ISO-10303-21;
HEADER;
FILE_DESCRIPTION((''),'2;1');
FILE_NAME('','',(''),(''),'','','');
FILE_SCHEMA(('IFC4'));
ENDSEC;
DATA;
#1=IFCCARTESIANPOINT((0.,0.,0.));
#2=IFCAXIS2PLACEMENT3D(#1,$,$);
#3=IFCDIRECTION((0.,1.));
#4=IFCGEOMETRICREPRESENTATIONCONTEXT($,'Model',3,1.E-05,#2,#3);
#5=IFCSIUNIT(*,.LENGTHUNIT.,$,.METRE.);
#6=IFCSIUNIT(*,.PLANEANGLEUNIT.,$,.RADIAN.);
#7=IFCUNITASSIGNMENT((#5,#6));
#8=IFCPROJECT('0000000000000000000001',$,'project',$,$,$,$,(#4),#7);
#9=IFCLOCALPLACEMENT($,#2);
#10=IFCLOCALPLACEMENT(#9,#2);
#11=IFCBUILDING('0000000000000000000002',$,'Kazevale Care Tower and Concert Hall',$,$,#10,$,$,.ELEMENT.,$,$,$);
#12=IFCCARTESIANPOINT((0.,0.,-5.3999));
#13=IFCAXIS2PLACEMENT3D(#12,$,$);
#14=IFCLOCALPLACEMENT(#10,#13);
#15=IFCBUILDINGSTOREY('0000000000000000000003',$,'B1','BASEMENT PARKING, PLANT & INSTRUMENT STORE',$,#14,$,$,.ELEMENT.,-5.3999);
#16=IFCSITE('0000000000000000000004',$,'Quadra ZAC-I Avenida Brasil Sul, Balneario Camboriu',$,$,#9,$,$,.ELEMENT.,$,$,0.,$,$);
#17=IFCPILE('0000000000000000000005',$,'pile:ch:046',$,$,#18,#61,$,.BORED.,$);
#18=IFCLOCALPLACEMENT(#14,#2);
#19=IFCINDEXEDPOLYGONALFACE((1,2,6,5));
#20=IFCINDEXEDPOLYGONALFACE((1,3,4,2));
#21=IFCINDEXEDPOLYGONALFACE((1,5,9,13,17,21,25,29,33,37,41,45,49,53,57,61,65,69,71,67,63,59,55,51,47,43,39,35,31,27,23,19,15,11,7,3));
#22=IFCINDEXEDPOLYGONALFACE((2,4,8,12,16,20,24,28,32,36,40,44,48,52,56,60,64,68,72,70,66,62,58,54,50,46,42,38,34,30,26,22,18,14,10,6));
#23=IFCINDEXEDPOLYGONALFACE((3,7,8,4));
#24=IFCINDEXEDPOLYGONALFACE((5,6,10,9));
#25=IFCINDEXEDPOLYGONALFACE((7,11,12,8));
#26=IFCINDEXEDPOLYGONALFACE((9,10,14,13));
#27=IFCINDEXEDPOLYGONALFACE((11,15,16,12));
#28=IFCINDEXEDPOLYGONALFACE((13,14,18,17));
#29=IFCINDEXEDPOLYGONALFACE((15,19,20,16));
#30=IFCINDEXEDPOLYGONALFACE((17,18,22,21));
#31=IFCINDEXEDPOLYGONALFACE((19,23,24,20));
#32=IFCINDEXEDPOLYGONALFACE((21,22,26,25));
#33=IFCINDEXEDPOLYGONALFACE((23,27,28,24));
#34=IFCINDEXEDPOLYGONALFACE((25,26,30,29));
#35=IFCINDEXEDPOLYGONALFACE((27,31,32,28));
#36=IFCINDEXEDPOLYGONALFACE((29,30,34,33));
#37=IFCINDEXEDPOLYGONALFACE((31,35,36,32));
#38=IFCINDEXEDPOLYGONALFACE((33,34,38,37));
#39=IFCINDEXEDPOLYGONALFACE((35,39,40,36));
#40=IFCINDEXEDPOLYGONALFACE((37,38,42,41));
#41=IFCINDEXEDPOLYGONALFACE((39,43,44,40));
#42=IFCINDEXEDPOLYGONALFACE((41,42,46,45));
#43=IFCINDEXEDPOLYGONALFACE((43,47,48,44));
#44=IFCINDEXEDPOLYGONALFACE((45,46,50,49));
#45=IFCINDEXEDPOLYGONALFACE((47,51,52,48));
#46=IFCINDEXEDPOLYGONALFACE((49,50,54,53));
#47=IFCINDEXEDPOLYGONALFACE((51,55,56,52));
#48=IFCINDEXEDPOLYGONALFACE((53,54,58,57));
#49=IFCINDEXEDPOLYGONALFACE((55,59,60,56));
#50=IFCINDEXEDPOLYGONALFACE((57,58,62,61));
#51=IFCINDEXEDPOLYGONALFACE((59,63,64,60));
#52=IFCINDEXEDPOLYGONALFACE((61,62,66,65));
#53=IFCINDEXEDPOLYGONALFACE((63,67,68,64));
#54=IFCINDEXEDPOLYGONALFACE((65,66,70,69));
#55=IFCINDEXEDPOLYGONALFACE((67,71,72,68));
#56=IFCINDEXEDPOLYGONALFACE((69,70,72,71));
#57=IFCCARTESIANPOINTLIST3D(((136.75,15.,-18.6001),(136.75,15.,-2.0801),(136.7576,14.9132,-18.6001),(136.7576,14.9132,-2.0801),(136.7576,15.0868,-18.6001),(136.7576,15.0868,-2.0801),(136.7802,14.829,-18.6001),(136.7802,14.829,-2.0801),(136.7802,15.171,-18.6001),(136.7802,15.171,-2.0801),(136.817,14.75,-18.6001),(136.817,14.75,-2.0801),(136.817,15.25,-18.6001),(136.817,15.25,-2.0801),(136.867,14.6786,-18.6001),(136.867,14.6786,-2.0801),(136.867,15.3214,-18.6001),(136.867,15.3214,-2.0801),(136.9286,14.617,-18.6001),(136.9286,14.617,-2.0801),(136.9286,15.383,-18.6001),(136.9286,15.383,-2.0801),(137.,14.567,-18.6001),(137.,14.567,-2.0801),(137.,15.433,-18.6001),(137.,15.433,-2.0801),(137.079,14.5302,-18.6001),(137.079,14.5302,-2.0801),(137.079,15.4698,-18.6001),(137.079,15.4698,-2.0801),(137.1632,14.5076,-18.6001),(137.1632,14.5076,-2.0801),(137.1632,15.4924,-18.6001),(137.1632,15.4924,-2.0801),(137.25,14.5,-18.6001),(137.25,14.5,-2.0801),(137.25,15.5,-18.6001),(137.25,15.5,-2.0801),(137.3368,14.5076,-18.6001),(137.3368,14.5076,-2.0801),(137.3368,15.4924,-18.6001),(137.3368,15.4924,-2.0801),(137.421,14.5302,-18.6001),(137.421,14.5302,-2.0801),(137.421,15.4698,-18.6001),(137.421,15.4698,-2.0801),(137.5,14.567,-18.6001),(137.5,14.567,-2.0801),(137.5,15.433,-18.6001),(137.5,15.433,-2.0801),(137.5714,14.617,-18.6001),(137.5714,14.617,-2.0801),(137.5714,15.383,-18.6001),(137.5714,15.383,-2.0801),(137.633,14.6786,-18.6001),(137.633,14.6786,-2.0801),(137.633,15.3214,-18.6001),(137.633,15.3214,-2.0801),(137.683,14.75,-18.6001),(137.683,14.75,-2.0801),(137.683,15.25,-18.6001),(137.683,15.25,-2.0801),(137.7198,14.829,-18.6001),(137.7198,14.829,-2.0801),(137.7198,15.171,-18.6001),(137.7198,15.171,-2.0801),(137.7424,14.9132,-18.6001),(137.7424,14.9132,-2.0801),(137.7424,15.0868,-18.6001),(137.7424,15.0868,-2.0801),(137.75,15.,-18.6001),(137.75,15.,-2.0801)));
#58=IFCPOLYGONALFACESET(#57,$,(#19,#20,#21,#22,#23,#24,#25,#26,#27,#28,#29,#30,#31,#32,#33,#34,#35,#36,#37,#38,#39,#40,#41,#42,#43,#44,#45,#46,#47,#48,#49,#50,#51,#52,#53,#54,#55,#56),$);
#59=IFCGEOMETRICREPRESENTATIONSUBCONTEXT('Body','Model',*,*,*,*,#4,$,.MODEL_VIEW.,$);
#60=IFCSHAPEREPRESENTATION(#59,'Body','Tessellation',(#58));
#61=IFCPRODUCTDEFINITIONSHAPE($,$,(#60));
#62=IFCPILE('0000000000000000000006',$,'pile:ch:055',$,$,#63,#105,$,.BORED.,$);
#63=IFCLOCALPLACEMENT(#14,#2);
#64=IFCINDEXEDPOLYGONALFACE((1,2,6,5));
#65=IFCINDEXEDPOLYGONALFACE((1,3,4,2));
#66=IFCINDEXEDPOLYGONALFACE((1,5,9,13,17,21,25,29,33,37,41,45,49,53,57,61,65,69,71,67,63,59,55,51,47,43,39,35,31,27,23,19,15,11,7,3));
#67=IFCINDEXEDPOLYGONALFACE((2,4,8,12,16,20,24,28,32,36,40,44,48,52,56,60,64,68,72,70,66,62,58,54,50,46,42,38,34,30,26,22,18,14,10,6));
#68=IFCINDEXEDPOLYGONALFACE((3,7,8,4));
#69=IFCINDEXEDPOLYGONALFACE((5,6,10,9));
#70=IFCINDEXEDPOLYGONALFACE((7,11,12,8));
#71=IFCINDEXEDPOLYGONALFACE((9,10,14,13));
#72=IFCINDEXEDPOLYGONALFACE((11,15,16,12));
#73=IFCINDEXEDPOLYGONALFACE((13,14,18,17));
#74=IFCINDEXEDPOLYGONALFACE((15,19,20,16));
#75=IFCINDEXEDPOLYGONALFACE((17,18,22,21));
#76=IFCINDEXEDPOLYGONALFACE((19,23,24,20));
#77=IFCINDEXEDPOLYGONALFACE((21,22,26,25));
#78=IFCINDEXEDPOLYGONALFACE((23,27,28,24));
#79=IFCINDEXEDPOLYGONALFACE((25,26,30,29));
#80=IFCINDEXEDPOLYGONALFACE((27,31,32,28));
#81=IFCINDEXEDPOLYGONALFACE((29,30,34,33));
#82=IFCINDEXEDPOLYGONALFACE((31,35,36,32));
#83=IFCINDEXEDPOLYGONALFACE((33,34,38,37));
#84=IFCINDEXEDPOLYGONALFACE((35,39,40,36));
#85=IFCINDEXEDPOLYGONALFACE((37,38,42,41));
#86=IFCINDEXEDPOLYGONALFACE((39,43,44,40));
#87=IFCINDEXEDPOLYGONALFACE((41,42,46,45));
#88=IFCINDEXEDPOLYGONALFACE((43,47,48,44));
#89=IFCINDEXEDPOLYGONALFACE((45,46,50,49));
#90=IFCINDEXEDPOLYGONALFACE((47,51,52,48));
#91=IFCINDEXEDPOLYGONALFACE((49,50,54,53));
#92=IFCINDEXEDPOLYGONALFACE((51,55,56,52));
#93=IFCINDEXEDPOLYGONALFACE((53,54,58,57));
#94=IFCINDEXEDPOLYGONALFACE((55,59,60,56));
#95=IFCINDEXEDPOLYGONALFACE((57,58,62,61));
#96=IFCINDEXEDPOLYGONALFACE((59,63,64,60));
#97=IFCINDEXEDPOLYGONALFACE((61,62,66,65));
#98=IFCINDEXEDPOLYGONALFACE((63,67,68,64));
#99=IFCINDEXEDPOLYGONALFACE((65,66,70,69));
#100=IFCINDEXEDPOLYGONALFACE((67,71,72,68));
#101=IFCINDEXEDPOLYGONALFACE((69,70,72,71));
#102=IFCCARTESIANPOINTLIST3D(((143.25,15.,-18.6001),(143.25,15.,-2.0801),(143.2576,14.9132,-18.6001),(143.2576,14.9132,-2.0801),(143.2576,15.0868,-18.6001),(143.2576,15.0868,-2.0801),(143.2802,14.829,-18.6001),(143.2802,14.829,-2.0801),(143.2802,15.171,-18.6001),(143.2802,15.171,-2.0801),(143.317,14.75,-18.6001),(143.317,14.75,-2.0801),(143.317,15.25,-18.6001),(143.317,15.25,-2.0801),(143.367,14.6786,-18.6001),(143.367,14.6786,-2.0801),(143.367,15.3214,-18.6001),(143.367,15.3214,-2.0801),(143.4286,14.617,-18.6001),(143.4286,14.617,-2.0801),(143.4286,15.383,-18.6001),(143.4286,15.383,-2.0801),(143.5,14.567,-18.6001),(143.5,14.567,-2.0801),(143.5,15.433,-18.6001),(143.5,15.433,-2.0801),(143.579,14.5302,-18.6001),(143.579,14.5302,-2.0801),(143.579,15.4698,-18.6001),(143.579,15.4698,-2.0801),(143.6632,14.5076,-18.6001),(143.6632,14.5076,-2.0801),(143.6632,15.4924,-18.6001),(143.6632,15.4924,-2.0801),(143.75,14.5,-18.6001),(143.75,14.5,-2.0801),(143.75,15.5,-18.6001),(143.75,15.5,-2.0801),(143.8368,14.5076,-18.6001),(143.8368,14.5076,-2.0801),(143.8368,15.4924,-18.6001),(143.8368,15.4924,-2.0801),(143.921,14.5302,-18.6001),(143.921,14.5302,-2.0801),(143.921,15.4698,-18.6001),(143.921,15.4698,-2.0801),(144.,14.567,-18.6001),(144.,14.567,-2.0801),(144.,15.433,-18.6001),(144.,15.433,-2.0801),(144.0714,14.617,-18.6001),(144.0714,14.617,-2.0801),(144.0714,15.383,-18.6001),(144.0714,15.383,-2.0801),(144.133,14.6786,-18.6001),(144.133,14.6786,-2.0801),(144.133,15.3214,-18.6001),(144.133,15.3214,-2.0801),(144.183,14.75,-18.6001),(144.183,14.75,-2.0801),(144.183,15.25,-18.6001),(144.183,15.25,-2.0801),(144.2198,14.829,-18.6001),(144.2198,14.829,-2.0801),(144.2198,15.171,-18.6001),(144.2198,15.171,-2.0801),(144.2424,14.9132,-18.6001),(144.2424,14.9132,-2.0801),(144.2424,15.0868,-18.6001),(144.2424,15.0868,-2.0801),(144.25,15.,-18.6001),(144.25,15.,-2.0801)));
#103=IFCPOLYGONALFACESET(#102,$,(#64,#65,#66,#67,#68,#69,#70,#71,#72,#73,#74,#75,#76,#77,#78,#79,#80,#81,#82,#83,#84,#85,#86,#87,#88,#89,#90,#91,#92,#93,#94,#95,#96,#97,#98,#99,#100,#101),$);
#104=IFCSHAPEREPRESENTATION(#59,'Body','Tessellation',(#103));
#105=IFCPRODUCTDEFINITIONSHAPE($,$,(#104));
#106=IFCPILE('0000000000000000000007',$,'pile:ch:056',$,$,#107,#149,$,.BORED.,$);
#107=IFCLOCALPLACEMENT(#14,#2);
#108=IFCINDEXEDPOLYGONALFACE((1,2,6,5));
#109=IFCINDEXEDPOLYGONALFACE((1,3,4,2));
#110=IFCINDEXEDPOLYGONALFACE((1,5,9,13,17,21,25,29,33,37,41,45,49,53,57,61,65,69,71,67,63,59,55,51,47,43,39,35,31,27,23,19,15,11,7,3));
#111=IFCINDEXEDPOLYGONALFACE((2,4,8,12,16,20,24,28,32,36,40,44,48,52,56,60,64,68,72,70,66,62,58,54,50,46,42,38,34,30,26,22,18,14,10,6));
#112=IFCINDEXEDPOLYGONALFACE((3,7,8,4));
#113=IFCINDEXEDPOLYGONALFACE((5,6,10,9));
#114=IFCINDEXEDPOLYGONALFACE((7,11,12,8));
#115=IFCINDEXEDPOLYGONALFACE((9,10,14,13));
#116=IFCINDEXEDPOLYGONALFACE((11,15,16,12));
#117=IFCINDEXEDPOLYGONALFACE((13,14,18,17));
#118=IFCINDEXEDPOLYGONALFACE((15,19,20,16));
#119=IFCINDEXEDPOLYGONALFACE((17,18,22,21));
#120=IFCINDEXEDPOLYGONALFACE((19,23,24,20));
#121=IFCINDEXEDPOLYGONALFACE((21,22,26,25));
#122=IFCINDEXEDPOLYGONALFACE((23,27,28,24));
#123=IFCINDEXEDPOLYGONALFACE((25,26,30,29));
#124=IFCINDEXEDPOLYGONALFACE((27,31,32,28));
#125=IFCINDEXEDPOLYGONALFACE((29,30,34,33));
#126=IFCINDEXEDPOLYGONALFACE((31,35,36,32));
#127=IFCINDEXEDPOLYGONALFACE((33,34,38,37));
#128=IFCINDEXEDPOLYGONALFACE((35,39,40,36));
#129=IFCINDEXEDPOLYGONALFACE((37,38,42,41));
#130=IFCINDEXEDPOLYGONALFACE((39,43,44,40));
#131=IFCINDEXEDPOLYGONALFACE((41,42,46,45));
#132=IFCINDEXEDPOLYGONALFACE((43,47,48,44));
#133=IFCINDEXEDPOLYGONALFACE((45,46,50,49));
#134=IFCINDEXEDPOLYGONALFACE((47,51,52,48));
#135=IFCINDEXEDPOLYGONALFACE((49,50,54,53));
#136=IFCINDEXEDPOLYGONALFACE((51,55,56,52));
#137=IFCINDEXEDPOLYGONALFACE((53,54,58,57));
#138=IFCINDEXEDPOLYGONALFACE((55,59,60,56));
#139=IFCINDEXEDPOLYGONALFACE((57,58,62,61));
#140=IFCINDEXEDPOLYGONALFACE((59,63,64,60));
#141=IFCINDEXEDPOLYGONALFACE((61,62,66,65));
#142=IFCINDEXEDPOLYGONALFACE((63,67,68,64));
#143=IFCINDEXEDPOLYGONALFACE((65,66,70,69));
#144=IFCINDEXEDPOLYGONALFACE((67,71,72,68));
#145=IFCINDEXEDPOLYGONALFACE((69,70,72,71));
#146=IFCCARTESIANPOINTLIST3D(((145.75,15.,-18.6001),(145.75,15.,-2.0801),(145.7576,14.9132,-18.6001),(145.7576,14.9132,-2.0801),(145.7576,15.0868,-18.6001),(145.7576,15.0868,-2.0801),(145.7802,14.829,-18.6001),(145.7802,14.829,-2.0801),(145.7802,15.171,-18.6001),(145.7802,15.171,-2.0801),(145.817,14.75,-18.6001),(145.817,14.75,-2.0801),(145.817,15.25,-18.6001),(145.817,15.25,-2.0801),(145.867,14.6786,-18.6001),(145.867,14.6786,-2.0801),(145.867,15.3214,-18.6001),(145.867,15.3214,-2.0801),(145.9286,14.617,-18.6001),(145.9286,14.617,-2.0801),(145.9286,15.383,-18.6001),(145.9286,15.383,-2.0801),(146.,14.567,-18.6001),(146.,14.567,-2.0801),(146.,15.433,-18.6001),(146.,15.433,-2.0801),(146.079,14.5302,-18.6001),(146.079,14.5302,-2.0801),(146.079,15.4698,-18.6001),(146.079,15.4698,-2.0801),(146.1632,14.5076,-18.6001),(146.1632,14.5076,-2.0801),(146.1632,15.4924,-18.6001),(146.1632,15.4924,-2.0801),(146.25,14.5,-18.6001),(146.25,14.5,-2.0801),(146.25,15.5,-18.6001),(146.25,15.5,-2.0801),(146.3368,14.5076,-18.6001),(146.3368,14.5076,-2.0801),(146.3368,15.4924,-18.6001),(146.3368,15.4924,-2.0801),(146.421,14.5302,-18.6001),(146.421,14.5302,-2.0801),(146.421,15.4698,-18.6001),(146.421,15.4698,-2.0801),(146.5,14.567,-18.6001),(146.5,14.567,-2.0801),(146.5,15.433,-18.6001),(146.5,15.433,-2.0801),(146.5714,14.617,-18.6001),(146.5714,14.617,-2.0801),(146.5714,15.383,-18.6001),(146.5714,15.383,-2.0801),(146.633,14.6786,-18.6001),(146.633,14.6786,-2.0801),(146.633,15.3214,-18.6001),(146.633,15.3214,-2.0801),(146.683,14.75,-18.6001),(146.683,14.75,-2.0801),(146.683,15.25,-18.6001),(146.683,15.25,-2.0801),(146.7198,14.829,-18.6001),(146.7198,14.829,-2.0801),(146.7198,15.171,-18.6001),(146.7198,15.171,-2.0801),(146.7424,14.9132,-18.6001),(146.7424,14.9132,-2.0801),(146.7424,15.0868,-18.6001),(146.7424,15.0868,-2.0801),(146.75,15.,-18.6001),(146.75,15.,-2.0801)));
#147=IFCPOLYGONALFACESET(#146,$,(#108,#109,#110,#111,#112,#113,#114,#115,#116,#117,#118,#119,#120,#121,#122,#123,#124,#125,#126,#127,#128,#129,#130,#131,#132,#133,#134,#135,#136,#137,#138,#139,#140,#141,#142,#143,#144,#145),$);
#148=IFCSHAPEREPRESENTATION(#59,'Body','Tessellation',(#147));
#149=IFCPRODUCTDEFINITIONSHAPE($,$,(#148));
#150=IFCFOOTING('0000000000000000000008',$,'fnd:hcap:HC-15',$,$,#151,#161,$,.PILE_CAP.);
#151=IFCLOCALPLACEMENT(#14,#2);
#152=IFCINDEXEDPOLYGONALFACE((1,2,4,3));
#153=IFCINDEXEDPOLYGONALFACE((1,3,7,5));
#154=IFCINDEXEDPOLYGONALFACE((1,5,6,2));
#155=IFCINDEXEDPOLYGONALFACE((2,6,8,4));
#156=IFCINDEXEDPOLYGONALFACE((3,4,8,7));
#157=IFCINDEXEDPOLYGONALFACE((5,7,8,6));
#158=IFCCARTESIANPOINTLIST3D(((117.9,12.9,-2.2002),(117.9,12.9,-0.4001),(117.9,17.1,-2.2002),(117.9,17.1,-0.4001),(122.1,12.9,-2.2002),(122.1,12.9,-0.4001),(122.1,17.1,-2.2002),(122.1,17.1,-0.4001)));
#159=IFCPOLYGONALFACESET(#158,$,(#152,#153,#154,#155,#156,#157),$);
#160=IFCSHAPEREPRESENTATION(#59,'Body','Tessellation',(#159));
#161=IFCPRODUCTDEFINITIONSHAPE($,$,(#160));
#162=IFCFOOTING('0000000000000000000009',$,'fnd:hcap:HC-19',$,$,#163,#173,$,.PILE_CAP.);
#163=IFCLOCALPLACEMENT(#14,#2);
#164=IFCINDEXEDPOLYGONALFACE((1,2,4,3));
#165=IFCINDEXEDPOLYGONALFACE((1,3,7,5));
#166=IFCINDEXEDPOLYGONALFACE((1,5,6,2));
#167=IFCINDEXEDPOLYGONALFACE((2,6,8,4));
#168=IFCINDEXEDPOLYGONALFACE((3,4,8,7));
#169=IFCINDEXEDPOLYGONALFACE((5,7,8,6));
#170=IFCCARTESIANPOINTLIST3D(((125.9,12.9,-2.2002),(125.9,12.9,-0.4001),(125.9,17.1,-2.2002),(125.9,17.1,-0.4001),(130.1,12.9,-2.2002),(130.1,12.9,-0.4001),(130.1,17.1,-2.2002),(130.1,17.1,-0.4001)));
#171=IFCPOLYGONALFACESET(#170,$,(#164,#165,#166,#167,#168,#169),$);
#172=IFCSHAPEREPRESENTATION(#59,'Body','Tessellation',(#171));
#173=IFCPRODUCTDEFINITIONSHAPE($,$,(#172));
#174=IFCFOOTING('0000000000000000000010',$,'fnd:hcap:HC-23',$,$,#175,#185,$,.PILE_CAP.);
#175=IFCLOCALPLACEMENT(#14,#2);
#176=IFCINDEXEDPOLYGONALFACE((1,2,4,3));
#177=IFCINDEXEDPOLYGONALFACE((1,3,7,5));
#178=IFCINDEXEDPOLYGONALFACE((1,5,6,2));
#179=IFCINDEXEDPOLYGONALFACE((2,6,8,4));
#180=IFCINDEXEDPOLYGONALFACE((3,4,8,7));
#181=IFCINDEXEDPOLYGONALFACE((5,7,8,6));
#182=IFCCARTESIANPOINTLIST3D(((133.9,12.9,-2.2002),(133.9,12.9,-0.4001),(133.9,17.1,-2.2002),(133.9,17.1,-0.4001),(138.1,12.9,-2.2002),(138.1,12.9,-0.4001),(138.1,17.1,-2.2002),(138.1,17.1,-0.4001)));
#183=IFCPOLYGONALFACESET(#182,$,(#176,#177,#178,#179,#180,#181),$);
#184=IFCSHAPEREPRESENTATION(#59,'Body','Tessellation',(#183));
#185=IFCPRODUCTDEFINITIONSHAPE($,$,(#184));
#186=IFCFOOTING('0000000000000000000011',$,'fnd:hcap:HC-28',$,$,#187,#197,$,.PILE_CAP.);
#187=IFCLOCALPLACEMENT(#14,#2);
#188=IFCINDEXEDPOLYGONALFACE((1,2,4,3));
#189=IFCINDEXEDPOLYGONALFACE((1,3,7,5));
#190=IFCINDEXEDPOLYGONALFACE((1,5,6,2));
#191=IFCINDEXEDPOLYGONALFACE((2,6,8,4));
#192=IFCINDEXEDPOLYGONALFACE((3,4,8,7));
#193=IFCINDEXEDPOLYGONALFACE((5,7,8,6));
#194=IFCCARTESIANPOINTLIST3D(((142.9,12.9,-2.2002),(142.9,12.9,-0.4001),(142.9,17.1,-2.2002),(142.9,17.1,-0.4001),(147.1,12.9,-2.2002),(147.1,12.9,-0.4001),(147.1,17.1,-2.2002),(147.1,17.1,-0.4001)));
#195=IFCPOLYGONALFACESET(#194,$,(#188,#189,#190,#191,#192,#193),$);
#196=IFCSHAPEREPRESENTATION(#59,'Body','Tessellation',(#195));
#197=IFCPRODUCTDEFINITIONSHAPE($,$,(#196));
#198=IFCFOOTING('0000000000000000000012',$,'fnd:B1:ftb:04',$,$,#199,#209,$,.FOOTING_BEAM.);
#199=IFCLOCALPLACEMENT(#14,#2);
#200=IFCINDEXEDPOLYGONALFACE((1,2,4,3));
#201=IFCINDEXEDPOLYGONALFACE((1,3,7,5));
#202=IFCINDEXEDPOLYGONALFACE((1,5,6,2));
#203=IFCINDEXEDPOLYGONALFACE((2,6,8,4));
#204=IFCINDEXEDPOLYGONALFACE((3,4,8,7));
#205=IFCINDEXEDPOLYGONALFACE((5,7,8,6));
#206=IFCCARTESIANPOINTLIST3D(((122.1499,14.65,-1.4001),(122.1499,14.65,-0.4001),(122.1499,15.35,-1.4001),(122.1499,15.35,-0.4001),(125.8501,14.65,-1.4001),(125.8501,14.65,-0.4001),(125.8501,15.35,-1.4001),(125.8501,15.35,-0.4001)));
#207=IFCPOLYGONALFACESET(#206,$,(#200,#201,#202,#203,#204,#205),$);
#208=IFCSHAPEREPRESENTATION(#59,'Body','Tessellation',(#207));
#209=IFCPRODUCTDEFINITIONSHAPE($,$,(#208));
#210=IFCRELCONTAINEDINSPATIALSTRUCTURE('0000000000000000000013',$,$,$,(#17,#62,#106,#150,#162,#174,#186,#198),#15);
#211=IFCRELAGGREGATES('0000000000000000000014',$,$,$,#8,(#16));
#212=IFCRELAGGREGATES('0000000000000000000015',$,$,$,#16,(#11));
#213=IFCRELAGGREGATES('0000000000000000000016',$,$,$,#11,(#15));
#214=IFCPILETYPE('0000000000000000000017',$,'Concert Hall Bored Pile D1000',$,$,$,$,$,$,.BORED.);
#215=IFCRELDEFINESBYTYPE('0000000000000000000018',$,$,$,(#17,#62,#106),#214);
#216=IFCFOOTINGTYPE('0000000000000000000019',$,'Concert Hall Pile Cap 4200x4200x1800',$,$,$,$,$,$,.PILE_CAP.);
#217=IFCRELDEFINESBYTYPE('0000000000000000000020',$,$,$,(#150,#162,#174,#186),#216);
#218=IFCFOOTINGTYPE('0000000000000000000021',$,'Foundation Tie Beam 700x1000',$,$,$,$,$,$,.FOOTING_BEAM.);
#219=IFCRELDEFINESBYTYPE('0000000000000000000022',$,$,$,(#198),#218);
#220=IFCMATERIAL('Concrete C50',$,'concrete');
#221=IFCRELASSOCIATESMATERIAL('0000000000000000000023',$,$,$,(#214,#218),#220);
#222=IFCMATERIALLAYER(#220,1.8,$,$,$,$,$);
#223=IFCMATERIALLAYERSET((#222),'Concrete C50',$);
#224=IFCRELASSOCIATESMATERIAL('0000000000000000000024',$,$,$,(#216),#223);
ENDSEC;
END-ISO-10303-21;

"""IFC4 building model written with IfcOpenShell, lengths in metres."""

from ifc_helpers import new_model, si_unit, direction, frame, frame_2d, origin, origin_2d, place, context, subcontext, project, spatial, rectangle, circle, extrude, material, layer, layer_set, material_profile, profile_set, type_object, element, save


model = new_model("IFC4")

# Units and contexts
model_context = context("Model", 3, precision=1e-05, world=origin(), true_north=direction((0.0, 1.0)))
body_context = subcontext(model_context, "Body", "Model", "MODEL_VIEW")
ifc_project = project(units=[si_unit("LENGTHUNIT", "METRE"), si_unit("PLANEANGLEUNIT", "RADIAN")], contexts=[model_context])

# Site, building, storey
site_placement = place(None, origin())
site = spatial("IfcSite", under=ifc_project, at=site_placement, Name="Quadra ZAC-I Avenida Brasil Sul, Balneario Camboriu", CompositionType="ELEMENT", RefElevation=0.0)
building_placement = place(site_placement, origin())
building = spatial("IfcBuilding", under=site, at=building_placement, Name="Kazevale Care Tower and Concert Hall", CompositionType="ELEMENT")
storey_placement = place(building_placement, frame((0.0, 0.0, -5.3999)))
storey = spatial("IfcBuildingStorey", under=building, at=storey_placement, Name="B1", Description="BASEMENT PARKING, PLANT & INSTRUMENT STORE", CompositionType="ELEMENT", Elevation=-5.3999)

# Piles
ifc_material_1 = material(Name="Concrete C50", Category="concrete")
ifc_material_profile_1 = material_profile(ifc_material_1, circle(Radius=0.5, at=origin_2d()), Name="PILE-D1000")
ifc_profile_set_1 = profile_set([ifc_material_profile_1], Name="Concrete C50")
pile_type = type_object("IfcPileType", Name="Concert Hall Bored Pile D1000", PredefinedType="BORED", material=ifc_profile_set_1)
for number, where, z_axis, x_axis, name in (
    (1, (137.25, 15.0, -2.0801), (0.0, 0.0, -1.0), (1.0, 0.0, 0.0), "pile:ch:046"),
    (2, (143.75, 15.0, -2.0801), (0.0, 0.0, -1.0), (1.0, 0.0, 0.0), "pile:ch:055"),
    (3, (146.25, 15.0, -2.0801), (0.0, 0.0, -1.0), (1.0, 0.0, 0.0), "pile:ch:056"),
):
    element("IfcPile", number, at=place(storey_placement, frame(where, z_axis=z_axis, x_axis=x_axis)), inside=storey, type_object=pile_type, Name=name, PredefinedType="BORED", context=body_context, shape_type="SweptSolid", body=[
        extrude(circle(Radius=0.5, at=origin_2d()), origin(), (0.0, 0.0, 1.0), 16.52),
    ])

# Footings
ifc_layer_1 = layer(ifc_material_1, 1.8)
ifc_layer_set_1 = layer_set([ifc_layer_1], Name="Concrete C50")
footing_type_1 = type_object("IfcFootingType", Name="Concert Hall Pile Cap 4200x4200x1800", PredefinedType="PILE_CAP", material=ifc_layer_set_1)
for number, where, z_axis, x_axis, name in (
    (4, (120.0, 15.0, -2.2002), (0.0, 0.0, 1.0), (1.0, 0.0, 0.0), "fnd:hcap:HC-15"),
    (5, (128.0, 15.0, -2.2002), (0.0, 0.0, 1.0), (1.0, 0.0, 0.0), "fnd:hcap:HC-19"),
    (6, (136.0, 15.0, -2.2002), (0.0, 0.0, 1.0), (1.0, 0.0, 0.0), "fnd:hcap:HC-23"),
    (7, (145.0, 15.0, -2.2002), (0.0, 0.0, 1.0), (1.0, 0.0, 0.0), "fnd:hcap:HC-28"),
):
    element("IfcFooting", number, at=place(storey_placement, frame(where, z_axis=z_axis, x_axis=x_axis)), inside=storey, type_object=footing_type_1, Name=name, PredefinedType="PILE_CAP", context=body_context, shape_type="SweptSolid", body=[
        extrude(rectangle(XDim=4.2, YDim=4.2, at=origin_2d()), origin(), (0.0, 0.0, 1.0), 1.8),
    ])
ifc_material_profile_2 = material_profile(ifc_material_1, rectangle(XDim=0.7, YDim=1.0, at=origin_2d()), Name="RC-GB700x1000")
ifc_profile_set_2 = profile_set([ifc_material_profile_2], Name="Concrete C50")
footing_type_2 = type_object("IfcFootingType", Name="Foundation Tie Beam 700x1000", PredefinedType="FOOTING_BEAM", material=ifc_profile_set_2)
for number, where, z_axis, x_axis, name in (
    (8, (122.1499, 15.0, -1.4001), (0.0, 0.0, 1.0), (1.0, 0.0, 0.0), "fnd:B1:ftb:04"),
):
    element("IfcFooting", number, at=place(storey_placement, frame(where, z_axis=z_axis, x_axis=x_axis)), inside=storey, type_object=footing_type_2, Name=name, PredefinedType="FOOTING_BEAM", context=body_context, shape_type="SweptSolid", body=[
        extrude(rectangle(XDim=3.7002, YDim=0.7, at=frame_2d((1.8501, 0.0))), origin(), (0.0, 0.0, 1.0), 1.0),
    ])

save(model, "model.ifc")
